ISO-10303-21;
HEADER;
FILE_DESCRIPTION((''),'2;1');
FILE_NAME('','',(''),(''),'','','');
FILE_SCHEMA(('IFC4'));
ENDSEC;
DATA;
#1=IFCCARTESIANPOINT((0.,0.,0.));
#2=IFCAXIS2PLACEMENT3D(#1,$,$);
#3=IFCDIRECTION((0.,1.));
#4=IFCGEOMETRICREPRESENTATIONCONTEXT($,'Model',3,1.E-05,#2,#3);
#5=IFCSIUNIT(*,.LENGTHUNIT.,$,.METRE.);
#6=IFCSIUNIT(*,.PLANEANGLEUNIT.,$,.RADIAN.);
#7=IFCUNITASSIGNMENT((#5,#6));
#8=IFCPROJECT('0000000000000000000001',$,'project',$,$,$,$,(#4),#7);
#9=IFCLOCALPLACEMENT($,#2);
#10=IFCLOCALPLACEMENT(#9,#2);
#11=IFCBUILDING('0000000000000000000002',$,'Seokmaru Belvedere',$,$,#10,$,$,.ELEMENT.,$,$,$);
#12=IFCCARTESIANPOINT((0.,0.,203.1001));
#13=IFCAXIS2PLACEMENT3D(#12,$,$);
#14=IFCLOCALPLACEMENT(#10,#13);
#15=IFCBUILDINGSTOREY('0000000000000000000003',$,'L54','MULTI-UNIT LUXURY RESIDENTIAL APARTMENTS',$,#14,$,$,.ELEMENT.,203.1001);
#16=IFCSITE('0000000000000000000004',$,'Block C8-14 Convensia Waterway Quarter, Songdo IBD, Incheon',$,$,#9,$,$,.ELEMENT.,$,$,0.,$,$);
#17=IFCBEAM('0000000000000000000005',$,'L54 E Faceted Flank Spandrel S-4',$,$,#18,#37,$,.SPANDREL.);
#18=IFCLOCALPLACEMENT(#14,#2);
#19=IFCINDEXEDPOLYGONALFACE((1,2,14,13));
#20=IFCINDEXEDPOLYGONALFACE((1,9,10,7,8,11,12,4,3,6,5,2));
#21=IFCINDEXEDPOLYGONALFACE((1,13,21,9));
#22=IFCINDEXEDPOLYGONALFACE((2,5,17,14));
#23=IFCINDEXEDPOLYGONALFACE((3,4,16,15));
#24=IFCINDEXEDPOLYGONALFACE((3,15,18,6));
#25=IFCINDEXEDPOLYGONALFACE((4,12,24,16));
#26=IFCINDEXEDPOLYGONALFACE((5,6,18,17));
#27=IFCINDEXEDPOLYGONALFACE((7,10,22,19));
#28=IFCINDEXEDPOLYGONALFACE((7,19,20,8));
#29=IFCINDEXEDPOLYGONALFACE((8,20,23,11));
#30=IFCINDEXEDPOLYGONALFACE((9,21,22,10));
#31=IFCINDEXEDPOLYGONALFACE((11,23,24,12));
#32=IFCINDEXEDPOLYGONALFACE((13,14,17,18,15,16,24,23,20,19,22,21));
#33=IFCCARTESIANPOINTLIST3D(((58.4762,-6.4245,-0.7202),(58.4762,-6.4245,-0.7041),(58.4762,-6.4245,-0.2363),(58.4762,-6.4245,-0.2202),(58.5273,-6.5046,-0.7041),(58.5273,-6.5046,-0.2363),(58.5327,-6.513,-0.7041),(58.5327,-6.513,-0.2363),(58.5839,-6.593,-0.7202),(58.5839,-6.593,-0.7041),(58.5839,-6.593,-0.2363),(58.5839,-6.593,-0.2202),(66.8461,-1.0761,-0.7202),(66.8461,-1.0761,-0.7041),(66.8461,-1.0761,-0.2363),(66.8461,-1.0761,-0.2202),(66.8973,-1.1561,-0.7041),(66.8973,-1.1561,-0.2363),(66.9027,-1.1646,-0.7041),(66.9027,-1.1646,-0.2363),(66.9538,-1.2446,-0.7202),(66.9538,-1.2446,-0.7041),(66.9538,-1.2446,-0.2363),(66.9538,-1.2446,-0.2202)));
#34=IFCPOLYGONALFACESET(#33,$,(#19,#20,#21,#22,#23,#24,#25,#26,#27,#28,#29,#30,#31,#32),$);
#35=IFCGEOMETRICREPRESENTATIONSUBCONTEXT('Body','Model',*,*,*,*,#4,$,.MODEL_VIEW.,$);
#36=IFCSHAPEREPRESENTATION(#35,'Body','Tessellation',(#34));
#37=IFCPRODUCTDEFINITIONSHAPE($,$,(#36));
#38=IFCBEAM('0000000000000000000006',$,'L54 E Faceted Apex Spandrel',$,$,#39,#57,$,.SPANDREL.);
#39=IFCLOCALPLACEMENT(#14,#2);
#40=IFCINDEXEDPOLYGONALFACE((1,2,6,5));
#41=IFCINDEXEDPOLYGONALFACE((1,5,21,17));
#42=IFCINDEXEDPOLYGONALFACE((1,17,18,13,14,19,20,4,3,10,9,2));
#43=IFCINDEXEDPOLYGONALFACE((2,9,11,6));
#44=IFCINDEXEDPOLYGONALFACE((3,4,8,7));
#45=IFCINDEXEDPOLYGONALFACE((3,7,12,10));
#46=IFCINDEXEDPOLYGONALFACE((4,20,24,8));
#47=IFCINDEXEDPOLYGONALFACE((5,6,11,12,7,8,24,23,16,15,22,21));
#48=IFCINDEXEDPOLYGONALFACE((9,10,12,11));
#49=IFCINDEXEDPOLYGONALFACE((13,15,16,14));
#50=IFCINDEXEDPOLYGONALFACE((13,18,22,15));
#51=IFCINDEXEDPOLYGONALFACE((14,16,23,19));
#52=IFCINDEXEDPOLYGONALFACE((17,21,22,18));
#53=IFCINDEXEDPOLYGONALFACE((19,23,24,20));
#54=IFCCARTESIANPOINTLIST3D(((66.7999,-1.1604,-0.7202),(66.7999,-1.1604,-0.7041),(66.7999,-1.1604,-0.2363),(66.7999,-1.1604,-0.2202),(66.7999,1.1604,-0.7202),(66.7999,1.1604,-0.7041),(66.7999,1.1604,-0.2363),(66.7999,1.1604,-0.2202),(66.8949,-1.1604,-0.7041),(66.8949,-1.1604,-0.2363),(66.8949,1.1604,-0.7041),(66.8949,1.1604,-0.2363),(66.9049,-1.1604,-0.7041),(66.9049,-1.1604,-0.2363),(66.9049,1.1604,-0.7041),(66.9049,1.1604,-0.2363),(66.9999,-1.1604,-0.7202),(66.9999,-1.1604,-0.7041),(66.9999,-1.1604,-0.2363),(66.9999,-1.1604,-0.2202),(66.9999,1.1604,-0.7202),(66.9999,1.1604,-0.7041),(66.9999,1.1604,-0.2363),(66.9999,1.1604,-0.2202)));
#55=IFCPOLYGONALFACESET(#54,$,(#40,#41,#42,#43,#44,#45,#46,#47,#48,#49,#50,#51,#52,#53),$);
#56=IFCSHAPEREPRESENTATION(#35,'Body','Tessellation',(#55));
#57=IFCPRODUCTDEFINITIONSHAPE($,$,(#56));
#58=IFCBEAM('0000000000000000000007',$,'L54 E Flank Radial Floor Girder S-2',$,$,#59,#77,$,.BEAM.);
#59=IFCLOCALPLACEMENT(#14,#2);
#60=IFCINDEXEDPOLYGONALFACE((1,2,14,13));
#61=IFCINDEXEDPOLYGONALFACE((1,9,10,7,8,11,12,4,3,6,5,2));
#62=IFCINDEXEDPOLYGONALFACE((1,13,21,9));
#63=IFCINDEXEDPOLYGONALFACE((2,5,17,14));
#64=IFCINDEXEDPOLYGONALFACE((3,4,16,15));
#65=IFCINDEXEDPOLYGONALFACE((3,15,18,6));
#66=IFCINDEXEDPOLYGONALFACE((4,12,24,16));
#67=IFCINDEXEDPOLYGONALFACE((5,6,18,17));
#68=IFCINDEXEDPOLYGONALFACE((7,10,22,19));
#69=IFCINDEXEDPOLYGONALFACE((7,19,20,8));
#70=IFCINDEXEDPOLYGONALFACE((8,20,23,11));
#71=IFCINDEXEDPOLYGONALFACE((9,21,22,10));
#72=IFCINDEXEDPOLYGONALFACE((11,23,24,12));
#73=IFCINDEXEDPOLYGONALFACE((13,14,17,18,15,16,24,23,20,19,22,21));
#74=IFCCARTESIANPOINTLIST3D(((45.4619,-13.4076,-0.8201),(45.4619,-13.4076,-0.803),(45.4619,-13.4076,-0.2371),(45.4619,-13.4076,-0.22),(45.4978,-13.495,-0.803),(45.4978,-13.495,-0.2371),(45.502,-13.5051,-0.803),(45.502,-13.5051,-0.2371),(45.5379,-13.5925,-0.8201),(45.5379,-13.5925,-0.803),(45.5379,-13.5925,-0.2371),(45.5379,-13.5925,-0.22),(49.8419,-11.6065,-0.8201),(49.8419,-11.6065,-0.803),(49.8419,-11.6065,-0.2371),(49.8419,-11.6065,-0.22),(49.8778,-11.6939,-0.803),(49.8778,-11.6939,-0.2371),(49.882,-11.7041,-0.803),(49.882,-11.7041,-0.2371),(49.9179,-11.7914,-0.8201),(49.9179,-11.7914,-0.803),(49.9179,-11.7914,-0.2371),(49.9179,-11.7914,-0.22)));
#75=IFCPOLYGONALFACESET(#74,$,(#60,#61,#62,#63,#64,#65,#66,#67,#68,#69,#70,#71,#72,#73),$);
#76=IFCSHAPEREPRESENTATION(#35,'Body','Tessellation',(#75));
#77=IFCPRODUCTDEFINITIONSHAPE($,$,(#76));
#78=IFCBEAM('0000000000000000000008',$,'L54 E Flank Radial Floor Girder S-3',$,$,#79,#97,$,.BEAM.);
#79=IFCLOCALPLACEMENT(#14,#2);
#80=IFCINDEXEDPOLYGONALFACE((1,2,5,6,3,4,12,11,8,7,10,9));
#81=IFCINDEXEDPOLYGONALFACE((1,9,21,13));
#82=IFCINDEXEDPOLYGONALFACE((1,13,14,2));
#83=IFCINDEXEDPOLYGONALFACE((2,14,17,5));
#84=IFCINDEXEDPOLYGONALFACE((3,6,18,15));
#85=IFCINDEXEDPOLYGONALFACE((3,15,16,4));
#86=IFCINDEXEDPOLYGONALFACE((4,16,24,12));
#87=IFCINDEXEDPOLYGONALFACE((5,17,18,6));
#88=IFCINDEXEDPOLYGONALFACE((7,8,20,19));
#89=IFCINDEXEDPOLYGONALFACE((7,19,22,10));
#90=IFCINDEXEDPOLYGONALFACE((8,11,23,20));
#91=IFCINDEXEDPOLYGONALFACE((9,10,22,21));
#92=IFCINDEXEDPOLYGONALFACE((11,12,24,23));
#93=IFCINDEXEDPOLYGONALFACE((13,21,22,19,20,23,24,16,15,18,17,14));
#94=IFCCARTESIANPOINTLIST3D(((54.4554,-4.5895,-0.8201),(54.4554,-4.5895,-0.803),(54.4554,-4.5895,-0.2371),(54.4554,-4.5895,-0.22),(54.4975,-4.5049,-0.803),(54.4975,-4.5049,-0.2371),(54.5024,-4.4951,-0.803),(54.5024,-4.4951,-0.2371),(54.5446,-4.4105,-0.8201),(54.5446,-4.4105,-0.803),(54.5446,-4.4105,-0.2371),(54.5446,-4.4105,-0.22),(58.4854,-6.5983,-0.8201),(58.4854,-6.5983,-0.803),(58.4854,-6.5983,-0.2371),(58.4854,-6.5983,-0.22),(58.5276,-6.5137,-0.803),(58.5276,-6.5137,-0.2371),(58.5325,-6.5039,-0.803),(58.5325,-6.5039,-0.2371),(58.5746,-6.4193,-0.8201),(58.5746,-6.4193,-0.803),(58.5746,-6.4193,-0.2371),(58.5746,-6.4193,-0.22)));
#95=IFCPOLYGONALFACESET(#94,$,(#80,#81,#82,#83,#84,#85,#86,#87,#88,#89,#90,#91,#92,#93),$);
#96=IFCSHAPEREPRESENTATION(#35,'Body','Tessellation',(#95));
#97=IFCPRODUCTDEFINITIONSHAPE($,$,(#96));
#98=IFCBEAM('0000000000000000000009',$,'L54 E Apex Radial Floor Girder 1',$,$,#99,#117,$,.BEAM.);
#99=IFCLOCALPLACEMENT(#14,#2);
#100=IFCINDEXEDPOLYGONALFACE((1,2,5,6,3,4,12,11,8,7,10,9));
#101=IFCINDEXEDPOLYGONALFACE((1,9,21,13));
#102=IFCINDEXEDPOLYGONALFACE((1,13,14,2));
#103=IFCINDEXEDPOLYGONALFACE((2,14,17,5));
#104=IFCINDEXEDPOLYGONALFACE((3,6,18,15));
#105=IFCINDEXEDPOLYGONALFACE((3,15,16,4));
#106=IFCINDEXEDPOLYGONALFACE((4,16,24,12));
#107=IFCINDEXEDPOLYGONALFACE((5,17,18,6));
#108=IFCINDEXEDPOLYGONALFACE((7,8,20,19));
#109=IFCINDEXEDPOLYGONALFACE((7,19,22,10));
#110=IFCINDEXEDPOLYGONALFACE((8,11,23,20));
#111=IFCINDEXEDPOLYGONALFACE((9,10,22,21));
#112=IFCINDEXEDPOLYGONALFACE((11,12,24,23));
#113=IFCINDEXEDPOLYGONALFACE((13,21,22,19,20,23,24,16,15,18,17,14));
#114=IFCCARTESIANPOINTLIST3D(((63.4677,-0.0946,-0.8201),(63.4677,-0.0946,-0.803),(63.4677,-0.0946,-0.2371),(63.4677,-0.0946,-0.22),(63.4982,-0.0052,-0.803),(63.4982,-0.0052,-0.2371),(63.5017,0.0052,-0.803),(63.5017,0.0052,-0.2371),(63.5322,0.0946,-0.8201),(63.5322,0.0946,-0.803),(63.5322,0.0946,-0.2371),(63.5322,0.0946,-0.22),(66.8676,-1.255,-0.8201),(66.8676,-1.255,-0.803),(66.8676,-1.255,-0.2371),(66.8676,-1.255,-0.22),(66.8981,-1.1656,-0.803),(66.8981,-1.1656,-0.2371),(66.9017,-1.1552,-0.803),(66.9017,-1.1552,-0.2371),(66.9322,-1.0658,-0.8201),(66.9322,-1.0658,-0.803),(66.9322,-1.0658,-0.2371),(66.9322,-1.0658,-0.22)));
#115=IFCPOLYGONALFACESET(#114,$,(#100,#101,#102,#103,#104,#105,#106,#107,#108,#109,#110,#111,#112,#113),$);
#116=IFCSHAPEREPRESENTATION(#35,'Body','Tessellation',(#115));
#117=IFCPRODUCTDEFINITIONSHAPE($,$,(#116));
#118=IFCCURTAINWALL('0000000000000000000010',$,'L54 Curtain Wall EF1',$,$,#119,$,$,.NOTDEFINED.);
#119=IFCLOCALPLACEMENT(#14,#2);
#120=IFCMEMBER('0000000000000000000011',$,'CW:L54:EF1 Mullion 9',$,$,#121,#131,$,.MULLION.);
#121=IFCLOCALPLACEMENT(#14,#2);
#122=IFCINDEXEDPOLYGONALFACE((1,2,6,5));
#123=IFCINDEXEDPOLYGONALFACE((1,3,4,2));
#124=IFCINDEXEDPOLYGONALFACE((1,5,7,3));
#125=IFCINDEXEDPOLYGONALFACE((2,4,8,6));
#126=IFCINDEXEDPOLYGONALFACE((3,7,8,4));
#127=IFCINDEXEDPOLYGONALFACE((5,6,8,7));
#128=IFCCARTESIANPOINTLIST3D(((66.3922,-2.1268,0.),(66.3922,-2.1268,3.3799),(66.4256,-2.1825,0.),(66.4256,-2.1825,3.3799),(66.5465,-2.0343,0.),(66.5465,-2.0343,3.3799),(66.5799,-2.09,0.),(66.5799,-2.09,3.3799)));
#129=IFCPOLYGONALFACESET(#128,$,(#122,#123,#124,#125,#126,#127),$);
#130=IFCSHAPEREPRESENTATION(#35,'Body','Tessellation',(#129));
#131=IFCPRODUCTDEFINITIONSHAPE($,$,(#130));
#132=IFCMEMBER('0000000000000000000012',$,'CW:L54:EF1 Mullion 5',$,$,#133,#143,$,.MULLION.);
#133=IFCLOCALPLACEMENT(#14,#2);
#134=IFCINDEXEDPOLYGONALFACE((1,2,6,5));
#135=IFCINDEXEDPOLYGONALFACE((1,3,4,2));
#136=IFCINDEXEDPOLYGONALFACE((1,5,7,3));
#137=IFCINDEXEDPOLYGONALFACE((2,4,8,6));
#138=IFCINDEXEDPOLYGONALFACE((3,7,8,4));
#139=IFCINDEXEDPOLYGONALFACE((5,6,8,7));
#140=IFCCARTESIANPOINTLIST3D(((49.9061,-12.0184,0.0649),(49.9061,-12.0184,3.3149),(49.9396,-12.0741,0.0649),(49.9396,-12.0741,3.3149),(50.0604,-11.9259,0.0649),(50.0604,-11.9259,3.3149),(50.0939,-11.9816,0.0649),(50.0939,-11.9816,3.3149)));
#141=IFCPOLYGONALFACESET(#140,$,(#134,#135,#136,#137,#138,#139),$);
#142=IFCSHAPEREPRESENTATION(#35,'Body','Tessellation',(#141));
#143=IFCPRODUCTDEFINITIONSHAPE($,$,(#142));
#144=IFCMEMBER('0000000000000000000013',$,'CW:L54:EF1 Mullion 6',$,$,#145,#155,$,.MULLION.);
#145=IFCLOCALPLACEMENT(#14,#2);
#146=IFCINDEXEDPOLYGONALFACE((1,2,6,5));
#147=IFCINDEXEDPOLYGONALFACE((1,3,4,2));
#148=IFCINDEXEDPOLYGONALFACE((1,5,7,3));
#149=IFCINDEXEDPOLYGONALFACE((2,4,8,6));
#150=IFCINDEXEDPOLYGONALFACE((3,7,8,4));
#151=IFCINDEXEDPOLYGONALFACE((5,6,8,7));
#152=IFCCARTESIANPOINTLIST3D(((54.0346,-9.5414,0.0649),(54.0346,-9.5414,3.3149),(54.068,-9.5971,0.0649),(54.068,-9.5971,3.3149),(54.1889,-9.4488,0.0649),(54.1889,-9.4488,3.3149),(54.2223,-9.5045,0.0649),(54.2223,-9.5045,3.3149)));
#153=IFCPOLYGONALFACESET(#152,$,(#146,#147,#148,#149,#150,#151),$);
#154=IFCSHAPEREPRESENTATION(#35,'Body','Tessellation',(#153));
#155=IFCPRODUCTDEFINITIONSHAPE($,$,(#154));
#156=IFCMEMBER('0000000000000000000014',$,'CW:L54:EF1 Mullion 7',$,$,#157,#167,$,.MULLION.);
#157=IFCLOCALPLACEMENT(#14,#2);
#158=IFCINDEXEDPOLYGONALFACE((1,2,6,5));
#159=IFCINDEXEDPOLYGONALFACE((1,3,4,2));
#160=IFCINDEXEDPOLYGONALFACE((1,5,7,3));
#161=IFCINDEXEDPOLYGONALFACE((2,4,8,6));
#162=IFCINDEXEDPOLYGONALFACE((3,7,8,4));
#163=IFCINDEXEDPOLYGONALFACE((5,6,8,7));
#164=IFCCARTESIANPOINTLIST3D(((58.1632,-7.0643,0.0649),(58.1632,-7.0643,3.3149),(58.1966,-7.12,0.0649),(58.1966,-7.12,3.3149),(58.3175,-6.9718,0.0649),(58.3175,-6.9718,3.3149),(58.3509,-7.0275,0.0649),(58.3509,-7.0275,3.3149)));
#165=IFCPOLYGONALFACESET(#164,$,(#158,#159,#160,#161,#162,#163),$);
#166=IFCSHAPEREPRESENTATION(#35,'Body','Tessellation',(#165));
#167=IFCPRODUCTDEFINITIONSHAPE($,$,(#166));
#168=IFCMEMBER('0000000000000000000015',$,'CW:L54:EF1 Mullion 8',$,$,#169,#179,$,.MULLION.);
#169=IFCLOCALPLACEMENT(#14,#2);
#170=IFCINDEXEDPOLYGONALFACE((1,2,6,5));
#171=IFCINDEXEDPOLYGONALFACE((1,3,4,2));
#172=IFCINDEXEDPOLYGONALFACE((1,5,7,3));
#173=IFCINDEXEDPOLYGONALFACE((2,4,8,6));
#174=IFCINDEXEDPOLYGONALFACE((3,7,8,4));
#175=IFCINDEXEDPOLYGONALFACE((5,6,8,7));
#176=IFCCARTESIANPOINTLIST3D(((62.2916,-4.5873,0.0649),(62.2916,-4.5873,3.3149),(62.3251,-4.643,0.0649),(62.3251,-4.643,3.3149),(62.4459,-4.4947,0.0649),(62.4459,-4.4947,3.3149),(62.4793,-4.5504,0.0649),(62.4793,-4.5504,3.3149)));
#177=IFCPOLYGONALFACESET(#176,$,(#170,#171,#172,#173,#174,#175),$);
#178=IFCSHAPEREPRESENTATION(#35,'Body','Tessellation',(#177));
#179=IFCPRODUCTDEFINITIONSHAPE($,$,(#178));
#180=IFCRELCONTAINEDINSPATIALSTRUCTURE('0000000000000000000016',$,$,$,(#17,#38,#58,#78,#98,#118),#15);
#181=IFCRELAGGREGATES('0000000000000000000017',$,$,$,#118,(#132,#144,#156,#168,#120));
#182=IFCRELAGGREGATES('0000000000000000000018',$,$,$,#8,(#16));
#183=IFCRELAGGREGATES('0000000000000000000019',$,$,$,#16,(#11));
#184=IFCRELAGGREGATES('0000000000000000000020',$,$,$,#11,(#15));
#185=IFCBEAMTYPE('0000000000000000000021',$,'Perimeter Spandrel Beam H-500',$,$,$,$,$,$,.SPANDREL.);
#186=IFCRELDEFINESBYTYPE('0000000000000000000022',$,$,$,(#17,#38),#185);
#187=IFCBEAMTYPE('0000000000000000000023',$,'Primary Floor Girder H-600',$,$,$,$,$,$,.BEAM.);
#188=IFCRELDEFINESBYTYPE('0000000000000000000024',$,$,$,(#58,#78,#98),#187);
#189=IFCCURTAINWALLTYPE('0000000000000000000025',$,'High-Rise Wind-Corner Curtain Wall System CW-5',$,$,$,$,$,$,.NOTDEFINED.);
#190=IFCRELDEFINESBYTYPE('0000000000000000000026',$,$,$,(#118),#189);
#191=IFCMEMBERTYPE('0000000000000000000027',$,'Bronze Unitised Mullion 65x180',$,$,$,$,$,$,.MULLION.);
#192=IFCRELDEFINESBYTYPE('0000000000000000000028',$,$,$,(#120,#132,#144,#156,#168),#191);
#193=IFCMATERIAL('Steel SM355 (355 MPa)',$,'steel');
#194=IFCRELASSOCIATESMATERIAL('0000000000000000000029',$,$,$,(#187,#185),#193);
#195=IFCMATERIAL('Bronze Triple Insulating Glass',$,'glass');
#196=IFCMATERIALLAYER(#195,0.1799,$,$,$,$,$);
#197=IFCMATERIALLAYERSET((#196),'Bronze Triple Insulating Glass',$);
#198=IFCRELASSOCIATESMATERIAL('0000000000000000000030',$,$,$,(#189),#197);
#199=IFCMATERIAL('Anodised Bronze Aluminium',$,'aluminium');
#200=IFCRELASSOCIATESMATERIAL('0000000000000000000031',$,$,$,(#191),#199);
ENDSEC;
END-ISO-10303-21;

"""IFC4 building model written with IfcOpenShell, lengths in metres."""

from ifc_helpers import new_model, si_unit, direction, frame, origin, origin_2d, place, context, subcontext, project, spatial, rectangle, i_section, extrude, source, transform, mapped, material, layer, layer_set, material_profile, profile_set, type_object, type_shapes, element, aggregate, save


model = new_model("IFC4")

# Units and contexts
model_context = context("Model", 3, precision=1e-05, world=origin(), true_north=direction((0.0, 1.0)))
body_context = subcontext(model_context, "Body", "Model", "MODEL_VIEW")
ifc_project = project(units=[si_unit("LENGTHUNIT", "METRE"), si_unit("PLANEANGLEUNIT", "RADIAN")], contexts=[model_context])

# Site, building, storey
site_placement = place(None, origin())
site = spatial("IfcSite", under=ifc_project, at=site_placement, Name="Block C8-14 Convensia Waterway Quarter, Songdo IBD, Incheon", CompositionType="ELEMENT", RefElevation=0.0)
building_placement = place(site_placement, origin())
building = spatial("IfcBuilding", under=site, at=building_placement, Name="Seokmaru Belvedere", CompositionType="ELEMENT")
storey_placement = place(building_placement, frame((0.0, 0.0, 203.1001)))
storey = spatial("IfcBuildingStorey", under=building, at=storey_placement, Name="L54", Description="MULTI-UNIT LUXURY RESIDENTIAL APARTMENTS", CompositionType="ELEMENT", Elevation=203.1001)

# Shared definitions
ifc_material_1 = material(Name="Steel SM355 (355 MPa)", Category="steel")

# Beams
ifc_material_profile_1 = material_profile(ifc_material_1, i_section(OverallWidth=0.2, OverallDepth=0.6001, WebThickness=0.011, FlangeThickness=0.0171, at=origin_2d()), Name="H-600x200x11x17")
ifc_profile_set_1 = profile_set([ifc_material_profile_1], Name="Steel SM355 (355 MPa)")
beam_type_1 = type_object("IfcBeamType", Name="Primary Floor Girder H-600", PredefinedType="BEAM", material=ifc_profile_set_1)
ifc_material_profile_2 = material_profile(ifc_material_1, i_section(OverallWidth=0.2, OverallDepth=0.5, WebThickness=0.01, FlangeThickness=0.0161, at=origin_2d()), Name="H-500x200x10x16")
ifc_profile_set_2 = profile_set([ifc_material_profile_2], Name="Steel SM355 (355 MPa)")
beam_type_2 = type_object("IfcBeamType", Name="Perimeter Spandrel Beam H-500", PredefinedType="SPANDREL", material=ifc_profile_set_2)
shared_shape_1 = source(origin(), body_context, "Body", "SweptSolid", [
    extrude(i_section(OverallWidth=0.2, OverallDepth=0.5, WebThickness=0.01, FlangeThickness=0.0161, at=origin_2d()), origin(), (0.0, 0.0, 1.0), 9.9329),
])
beam_1_placement = place(storey_placement, frame((58.53, -6.5088, -0.4702), z_axis=(0.842652, 0.538459, 0.0), x_axis=(-0.538459, 0.842652, 0.0)))
element("IfcBeam", 1, at=beam_1_placement, inside=storey, type_object=beam_type_2, Name="L54 E Faceted Flank Spandrel S-4", PredefinedType="SPANDREL", context=body_context, shape_type="MappedRepresentation", body=[
    mapped(shared_shape_1, transform((0.0, 0.0, 0.0), scale=1.0)),
])
shared_shape_2 = source(origin(), body_context, "Body", "SweptSolid", [
    extrude(i_section(OverallWidth=0.2, OverallDepth=0.5, WebThickness=0.01, FlangeThickness=0.0161, at=origin_2d()), origin(), (0.0, 0.0, 1.0), 2.3208),
])
beam_2_placement = place(storey_placement, frame((66.8999, -1.1604, -0.4702), z_axis=(0.0, 1.0, 0.0), x_axis=(-1.0, 0.0, 0.0)))
element("IfcBeam", 2, at=beam_2_placement, inside=storey, type_object=beam_type_2, Name="L54 E Faceted Apex Spandrel", PredefinedType="SPANDREL", context=body_context, shape_type="MappedRepresentation", body=[
    mapped(shared_shape_2, transform((0.0, 0.0, 0.0), scale=1.0)),
])
shared_shape_3 = source(origin(), body_context, "Body", "SweptSolid", [
    extrude(i_section(OverallWidth=0.2, OverallDepth=0.6001, WebThickness=0.011, FlangeThickness=0.0171, at=origin_2d()), origin(), (0.0, 0.0, 1.0), 4.7358),
])
beam_3_placement = place(storey_placement, frame((49.8799, -11.699, -0.52), z_axis=(-0.924861, -0.380306, 0.0), x_axis=(0.380306, -0.924861, 0.0)))
element("IfcBeam", 3, at=beam_3_placement, inside=storey, type_object=beam_type_1, Name="L54 E Flank Radial Floor Girder S-2", PredefinedType="BEAM", context=body_context, shape_type="MappedRepresentation", body=[
    mapped(shared_shape_3, transform((0.0, 0.0, 0.0), scale=1.0)),
])
shared_shape_4 = source(origin(), body_context, "Body", "SweptSolid", [
    extrude(i_section(OverallWidth=0.2, OverallDepth=0.6001, WebThickness=0.011, FlangeThickness=0.0171, at=origin_2d()), origin(), (0.0, 0.0, 1.0), 4.5029),
])
beam_4_placement = place(storey_placement, frame((58.53, -6.5088, -0.52), z_axis=(-0.89498, 0.446107, 0.0), x_axis=(-0.446107, -0.89498, 0.0)))
element("IfcBeam", 4, at=beam_4_placement, inside=storey, type_object=beam_type_1, Name="L54 E Flank Radial Floor Girder S-3", PredefinedType="BEAM", context=body_context, shape_type="MappedRepresentation", body=[
    mapped(shared_shape_4, transform((0.0, 0.0, 0.0), scale=1.0)),
])
shared_shape_5 = source(origin(), body_context, "Body", "SweptSolid", [
    extrude(i_section(OverallWidth=0.2, OverallDepth=0.6001, WebThickness=0.011, FlangeThickness=0.0171, at=origin_2d()), origin(), (0.0, 0.0, 1.0), 3.5925),
])
beam_5_placement = place(storey_placement, frame((66.8999, -1.1604, -0.52), z_axis=(-0.946396, 0.323009, 0.0), x_axis=(-0.323009, -0.946396, 0.0)))
element("IfcBeam", 5, at=beam_5_placement, inside=storey, type_object=beam_type_1, Name="L54 E Apex Radial Floor Girder 1", PredefinedType="BEAM", context=body_context, shape_type="MappedRepresentation", body=[
    mapped(shared_shape_5, transform((0.0, 0.0, 0.0), scale=1.0)),
])

# Curtain wall, members
ifc_material_2 = material(Name="Bronze Triple Insulating Glass", Category="glass")
ifc_layer_1 = layer(ifc_material_2, 0.1799)
ifc_layer_set_1 = layer_set([ifc_layer_1], Name="Bronze Triple Insulating Glass")
curtain_wall_type = type_object("IfcCurtainWallType", Name="High-Rise Wind-Corner Curtain Wall System CW-5", PredefinedType="NOTDEFINED", material=ifc_layer_set_1)
curtain_wall_placement = place(storey_placement, origin())
curtain_wall = element("IfcCurtainWall", 6, at=curtain_wall_placement, inside=storey, type_object=curtain_wall_type, Name="L54 Curtain Wall EF1", PredefinedType="NOTDEFINED")
ifc_material_3 = material(Name="Anodised Bronze Aluminium", Category="aluminium")
ifc_material_profile_3 = material_profile(ifc_material_3, rectangle(XDim=0.0649, YDim=0.1799, at=origin_2d()), Name="CW-M-65x180")
ifc_profile_set_3 = profile_set([ifc_material_profile_3], Name="Anodised Bronze Aluminium")
member_type = type_object("IfcMemberType", Name="Bronze Unitised Mullion 65x180", PredefinedType="MULLION", material=ifc_profile_set_3)
shared_shape_6 = source(origin(), body_context, "Body", "SweptSolid", [
    extrude(rectangle(XDim=0.0649, YDim=0.1799, at=origin_2d()), origin(), (0.0, 0.0, 1.0), 3.3799),
])
member_1_placement = place(storey_placement, frame((66.4861, -2.1084, 0.0), z_axis=(0.0, 0.0, 1.0), x_axis=(-0.514495, 0.857493, 0.0)))
member_1 = element("IfcMember", 7, at=member_1_placement, type_object=member_type, Name="CW:L54:EF1 Mullion 9", PredefinedType="MULLION", context=body_context, shape_type="MappedRepresentation", body=[
    mapped(shared_shape_6, transform((0.0, 0.0, 0.0), scale=1.0)),
])
shared_shape_7 = source(origin(), body_context, "Body", "SweptSolid", [
    extrude(rectangle(XDim=0.0649, YDim=0.1799, at=origin_2d()), origin(), (0.0, 0.0, 1.0), 3.25),
])
type_shapes(member_type, [shared_shape_6, shared_shape_7])
member_2_placement = place(storey_placement, frame((50.0, -12.0, 0.0649), z_axis=(0.0, 0.0, 1.0), x_axis=(-0.514495, 0.857493, 0.0)))
member_2 = element("IfcMember", 8, at=member_2_placement, type_object=member_type, Name="CW:L54:EF1 Mullion 5", PredefinedType="MULLION", context=body_context, shape_type="MappedRepresentation", body=[
    mapped(shared_shape_7, transform((0.0, 0.0, 0.0), scale=1.0)),
])
member_3_placement = place(storey_placement, frame((54.1284, -9.5229, 0.0649), z_axis=(0.0, 0.0, 1.0), x_axis=(-0.514495, 0.857493, 0.0)))
member_3 = element("IfcMember", 9, at=member_3_placement, type_object=member_type, Name="CW:L54:EF1 Mullion 6", PredefinedType="MULLION", context=body_context, shape_type="MappedRepresentation", body=[
    mapped(shared_shape_7, transform((0.0, 0.0, 0.0), scale=1.0)),
])
member_4_placement = place(storey_placement, frame((58.2571, -7.0459, 0.0649), z_axis=(0.0, 0.0, 1.0), x_axis=(-0.514495, 0.857493, 0.0)))
member_4 = element("IfcMember", 10, at=member_4_placement, type_object=member_type, Name="CW:L54:EF1 Mullion 7", PredefinedType="MULLION", context=body_context, shape_type="MappedRepresentation", body=[
    mapped(shared_shape_7, transform((0.0, 0.0, 0.0), scale=1.0)),
])
member_5_placement = place(storey_placement, frame((62.3855, -4.5688, 0.0649), z_axis=(0.0, 0.0, 1.0), x_axis=(-0.514495, 0.857493, 0.0)))
member_5 = element("IfcMember", 11, at=member_5_placement, type_object=member_type, Name="CW:L54:EF1 Mullion 8", PredefinedType="MULLION", context=body_context, shape_type="MappedRepresentation", body=[
    mapped(shared_shape_7, transform((0.0, 0.0, 0.0), scale=1.0)),
])
aggregate(curtain_wall, [member_2, member_3, member_4, member_5, member_1])

save(model, "model.ifc")
